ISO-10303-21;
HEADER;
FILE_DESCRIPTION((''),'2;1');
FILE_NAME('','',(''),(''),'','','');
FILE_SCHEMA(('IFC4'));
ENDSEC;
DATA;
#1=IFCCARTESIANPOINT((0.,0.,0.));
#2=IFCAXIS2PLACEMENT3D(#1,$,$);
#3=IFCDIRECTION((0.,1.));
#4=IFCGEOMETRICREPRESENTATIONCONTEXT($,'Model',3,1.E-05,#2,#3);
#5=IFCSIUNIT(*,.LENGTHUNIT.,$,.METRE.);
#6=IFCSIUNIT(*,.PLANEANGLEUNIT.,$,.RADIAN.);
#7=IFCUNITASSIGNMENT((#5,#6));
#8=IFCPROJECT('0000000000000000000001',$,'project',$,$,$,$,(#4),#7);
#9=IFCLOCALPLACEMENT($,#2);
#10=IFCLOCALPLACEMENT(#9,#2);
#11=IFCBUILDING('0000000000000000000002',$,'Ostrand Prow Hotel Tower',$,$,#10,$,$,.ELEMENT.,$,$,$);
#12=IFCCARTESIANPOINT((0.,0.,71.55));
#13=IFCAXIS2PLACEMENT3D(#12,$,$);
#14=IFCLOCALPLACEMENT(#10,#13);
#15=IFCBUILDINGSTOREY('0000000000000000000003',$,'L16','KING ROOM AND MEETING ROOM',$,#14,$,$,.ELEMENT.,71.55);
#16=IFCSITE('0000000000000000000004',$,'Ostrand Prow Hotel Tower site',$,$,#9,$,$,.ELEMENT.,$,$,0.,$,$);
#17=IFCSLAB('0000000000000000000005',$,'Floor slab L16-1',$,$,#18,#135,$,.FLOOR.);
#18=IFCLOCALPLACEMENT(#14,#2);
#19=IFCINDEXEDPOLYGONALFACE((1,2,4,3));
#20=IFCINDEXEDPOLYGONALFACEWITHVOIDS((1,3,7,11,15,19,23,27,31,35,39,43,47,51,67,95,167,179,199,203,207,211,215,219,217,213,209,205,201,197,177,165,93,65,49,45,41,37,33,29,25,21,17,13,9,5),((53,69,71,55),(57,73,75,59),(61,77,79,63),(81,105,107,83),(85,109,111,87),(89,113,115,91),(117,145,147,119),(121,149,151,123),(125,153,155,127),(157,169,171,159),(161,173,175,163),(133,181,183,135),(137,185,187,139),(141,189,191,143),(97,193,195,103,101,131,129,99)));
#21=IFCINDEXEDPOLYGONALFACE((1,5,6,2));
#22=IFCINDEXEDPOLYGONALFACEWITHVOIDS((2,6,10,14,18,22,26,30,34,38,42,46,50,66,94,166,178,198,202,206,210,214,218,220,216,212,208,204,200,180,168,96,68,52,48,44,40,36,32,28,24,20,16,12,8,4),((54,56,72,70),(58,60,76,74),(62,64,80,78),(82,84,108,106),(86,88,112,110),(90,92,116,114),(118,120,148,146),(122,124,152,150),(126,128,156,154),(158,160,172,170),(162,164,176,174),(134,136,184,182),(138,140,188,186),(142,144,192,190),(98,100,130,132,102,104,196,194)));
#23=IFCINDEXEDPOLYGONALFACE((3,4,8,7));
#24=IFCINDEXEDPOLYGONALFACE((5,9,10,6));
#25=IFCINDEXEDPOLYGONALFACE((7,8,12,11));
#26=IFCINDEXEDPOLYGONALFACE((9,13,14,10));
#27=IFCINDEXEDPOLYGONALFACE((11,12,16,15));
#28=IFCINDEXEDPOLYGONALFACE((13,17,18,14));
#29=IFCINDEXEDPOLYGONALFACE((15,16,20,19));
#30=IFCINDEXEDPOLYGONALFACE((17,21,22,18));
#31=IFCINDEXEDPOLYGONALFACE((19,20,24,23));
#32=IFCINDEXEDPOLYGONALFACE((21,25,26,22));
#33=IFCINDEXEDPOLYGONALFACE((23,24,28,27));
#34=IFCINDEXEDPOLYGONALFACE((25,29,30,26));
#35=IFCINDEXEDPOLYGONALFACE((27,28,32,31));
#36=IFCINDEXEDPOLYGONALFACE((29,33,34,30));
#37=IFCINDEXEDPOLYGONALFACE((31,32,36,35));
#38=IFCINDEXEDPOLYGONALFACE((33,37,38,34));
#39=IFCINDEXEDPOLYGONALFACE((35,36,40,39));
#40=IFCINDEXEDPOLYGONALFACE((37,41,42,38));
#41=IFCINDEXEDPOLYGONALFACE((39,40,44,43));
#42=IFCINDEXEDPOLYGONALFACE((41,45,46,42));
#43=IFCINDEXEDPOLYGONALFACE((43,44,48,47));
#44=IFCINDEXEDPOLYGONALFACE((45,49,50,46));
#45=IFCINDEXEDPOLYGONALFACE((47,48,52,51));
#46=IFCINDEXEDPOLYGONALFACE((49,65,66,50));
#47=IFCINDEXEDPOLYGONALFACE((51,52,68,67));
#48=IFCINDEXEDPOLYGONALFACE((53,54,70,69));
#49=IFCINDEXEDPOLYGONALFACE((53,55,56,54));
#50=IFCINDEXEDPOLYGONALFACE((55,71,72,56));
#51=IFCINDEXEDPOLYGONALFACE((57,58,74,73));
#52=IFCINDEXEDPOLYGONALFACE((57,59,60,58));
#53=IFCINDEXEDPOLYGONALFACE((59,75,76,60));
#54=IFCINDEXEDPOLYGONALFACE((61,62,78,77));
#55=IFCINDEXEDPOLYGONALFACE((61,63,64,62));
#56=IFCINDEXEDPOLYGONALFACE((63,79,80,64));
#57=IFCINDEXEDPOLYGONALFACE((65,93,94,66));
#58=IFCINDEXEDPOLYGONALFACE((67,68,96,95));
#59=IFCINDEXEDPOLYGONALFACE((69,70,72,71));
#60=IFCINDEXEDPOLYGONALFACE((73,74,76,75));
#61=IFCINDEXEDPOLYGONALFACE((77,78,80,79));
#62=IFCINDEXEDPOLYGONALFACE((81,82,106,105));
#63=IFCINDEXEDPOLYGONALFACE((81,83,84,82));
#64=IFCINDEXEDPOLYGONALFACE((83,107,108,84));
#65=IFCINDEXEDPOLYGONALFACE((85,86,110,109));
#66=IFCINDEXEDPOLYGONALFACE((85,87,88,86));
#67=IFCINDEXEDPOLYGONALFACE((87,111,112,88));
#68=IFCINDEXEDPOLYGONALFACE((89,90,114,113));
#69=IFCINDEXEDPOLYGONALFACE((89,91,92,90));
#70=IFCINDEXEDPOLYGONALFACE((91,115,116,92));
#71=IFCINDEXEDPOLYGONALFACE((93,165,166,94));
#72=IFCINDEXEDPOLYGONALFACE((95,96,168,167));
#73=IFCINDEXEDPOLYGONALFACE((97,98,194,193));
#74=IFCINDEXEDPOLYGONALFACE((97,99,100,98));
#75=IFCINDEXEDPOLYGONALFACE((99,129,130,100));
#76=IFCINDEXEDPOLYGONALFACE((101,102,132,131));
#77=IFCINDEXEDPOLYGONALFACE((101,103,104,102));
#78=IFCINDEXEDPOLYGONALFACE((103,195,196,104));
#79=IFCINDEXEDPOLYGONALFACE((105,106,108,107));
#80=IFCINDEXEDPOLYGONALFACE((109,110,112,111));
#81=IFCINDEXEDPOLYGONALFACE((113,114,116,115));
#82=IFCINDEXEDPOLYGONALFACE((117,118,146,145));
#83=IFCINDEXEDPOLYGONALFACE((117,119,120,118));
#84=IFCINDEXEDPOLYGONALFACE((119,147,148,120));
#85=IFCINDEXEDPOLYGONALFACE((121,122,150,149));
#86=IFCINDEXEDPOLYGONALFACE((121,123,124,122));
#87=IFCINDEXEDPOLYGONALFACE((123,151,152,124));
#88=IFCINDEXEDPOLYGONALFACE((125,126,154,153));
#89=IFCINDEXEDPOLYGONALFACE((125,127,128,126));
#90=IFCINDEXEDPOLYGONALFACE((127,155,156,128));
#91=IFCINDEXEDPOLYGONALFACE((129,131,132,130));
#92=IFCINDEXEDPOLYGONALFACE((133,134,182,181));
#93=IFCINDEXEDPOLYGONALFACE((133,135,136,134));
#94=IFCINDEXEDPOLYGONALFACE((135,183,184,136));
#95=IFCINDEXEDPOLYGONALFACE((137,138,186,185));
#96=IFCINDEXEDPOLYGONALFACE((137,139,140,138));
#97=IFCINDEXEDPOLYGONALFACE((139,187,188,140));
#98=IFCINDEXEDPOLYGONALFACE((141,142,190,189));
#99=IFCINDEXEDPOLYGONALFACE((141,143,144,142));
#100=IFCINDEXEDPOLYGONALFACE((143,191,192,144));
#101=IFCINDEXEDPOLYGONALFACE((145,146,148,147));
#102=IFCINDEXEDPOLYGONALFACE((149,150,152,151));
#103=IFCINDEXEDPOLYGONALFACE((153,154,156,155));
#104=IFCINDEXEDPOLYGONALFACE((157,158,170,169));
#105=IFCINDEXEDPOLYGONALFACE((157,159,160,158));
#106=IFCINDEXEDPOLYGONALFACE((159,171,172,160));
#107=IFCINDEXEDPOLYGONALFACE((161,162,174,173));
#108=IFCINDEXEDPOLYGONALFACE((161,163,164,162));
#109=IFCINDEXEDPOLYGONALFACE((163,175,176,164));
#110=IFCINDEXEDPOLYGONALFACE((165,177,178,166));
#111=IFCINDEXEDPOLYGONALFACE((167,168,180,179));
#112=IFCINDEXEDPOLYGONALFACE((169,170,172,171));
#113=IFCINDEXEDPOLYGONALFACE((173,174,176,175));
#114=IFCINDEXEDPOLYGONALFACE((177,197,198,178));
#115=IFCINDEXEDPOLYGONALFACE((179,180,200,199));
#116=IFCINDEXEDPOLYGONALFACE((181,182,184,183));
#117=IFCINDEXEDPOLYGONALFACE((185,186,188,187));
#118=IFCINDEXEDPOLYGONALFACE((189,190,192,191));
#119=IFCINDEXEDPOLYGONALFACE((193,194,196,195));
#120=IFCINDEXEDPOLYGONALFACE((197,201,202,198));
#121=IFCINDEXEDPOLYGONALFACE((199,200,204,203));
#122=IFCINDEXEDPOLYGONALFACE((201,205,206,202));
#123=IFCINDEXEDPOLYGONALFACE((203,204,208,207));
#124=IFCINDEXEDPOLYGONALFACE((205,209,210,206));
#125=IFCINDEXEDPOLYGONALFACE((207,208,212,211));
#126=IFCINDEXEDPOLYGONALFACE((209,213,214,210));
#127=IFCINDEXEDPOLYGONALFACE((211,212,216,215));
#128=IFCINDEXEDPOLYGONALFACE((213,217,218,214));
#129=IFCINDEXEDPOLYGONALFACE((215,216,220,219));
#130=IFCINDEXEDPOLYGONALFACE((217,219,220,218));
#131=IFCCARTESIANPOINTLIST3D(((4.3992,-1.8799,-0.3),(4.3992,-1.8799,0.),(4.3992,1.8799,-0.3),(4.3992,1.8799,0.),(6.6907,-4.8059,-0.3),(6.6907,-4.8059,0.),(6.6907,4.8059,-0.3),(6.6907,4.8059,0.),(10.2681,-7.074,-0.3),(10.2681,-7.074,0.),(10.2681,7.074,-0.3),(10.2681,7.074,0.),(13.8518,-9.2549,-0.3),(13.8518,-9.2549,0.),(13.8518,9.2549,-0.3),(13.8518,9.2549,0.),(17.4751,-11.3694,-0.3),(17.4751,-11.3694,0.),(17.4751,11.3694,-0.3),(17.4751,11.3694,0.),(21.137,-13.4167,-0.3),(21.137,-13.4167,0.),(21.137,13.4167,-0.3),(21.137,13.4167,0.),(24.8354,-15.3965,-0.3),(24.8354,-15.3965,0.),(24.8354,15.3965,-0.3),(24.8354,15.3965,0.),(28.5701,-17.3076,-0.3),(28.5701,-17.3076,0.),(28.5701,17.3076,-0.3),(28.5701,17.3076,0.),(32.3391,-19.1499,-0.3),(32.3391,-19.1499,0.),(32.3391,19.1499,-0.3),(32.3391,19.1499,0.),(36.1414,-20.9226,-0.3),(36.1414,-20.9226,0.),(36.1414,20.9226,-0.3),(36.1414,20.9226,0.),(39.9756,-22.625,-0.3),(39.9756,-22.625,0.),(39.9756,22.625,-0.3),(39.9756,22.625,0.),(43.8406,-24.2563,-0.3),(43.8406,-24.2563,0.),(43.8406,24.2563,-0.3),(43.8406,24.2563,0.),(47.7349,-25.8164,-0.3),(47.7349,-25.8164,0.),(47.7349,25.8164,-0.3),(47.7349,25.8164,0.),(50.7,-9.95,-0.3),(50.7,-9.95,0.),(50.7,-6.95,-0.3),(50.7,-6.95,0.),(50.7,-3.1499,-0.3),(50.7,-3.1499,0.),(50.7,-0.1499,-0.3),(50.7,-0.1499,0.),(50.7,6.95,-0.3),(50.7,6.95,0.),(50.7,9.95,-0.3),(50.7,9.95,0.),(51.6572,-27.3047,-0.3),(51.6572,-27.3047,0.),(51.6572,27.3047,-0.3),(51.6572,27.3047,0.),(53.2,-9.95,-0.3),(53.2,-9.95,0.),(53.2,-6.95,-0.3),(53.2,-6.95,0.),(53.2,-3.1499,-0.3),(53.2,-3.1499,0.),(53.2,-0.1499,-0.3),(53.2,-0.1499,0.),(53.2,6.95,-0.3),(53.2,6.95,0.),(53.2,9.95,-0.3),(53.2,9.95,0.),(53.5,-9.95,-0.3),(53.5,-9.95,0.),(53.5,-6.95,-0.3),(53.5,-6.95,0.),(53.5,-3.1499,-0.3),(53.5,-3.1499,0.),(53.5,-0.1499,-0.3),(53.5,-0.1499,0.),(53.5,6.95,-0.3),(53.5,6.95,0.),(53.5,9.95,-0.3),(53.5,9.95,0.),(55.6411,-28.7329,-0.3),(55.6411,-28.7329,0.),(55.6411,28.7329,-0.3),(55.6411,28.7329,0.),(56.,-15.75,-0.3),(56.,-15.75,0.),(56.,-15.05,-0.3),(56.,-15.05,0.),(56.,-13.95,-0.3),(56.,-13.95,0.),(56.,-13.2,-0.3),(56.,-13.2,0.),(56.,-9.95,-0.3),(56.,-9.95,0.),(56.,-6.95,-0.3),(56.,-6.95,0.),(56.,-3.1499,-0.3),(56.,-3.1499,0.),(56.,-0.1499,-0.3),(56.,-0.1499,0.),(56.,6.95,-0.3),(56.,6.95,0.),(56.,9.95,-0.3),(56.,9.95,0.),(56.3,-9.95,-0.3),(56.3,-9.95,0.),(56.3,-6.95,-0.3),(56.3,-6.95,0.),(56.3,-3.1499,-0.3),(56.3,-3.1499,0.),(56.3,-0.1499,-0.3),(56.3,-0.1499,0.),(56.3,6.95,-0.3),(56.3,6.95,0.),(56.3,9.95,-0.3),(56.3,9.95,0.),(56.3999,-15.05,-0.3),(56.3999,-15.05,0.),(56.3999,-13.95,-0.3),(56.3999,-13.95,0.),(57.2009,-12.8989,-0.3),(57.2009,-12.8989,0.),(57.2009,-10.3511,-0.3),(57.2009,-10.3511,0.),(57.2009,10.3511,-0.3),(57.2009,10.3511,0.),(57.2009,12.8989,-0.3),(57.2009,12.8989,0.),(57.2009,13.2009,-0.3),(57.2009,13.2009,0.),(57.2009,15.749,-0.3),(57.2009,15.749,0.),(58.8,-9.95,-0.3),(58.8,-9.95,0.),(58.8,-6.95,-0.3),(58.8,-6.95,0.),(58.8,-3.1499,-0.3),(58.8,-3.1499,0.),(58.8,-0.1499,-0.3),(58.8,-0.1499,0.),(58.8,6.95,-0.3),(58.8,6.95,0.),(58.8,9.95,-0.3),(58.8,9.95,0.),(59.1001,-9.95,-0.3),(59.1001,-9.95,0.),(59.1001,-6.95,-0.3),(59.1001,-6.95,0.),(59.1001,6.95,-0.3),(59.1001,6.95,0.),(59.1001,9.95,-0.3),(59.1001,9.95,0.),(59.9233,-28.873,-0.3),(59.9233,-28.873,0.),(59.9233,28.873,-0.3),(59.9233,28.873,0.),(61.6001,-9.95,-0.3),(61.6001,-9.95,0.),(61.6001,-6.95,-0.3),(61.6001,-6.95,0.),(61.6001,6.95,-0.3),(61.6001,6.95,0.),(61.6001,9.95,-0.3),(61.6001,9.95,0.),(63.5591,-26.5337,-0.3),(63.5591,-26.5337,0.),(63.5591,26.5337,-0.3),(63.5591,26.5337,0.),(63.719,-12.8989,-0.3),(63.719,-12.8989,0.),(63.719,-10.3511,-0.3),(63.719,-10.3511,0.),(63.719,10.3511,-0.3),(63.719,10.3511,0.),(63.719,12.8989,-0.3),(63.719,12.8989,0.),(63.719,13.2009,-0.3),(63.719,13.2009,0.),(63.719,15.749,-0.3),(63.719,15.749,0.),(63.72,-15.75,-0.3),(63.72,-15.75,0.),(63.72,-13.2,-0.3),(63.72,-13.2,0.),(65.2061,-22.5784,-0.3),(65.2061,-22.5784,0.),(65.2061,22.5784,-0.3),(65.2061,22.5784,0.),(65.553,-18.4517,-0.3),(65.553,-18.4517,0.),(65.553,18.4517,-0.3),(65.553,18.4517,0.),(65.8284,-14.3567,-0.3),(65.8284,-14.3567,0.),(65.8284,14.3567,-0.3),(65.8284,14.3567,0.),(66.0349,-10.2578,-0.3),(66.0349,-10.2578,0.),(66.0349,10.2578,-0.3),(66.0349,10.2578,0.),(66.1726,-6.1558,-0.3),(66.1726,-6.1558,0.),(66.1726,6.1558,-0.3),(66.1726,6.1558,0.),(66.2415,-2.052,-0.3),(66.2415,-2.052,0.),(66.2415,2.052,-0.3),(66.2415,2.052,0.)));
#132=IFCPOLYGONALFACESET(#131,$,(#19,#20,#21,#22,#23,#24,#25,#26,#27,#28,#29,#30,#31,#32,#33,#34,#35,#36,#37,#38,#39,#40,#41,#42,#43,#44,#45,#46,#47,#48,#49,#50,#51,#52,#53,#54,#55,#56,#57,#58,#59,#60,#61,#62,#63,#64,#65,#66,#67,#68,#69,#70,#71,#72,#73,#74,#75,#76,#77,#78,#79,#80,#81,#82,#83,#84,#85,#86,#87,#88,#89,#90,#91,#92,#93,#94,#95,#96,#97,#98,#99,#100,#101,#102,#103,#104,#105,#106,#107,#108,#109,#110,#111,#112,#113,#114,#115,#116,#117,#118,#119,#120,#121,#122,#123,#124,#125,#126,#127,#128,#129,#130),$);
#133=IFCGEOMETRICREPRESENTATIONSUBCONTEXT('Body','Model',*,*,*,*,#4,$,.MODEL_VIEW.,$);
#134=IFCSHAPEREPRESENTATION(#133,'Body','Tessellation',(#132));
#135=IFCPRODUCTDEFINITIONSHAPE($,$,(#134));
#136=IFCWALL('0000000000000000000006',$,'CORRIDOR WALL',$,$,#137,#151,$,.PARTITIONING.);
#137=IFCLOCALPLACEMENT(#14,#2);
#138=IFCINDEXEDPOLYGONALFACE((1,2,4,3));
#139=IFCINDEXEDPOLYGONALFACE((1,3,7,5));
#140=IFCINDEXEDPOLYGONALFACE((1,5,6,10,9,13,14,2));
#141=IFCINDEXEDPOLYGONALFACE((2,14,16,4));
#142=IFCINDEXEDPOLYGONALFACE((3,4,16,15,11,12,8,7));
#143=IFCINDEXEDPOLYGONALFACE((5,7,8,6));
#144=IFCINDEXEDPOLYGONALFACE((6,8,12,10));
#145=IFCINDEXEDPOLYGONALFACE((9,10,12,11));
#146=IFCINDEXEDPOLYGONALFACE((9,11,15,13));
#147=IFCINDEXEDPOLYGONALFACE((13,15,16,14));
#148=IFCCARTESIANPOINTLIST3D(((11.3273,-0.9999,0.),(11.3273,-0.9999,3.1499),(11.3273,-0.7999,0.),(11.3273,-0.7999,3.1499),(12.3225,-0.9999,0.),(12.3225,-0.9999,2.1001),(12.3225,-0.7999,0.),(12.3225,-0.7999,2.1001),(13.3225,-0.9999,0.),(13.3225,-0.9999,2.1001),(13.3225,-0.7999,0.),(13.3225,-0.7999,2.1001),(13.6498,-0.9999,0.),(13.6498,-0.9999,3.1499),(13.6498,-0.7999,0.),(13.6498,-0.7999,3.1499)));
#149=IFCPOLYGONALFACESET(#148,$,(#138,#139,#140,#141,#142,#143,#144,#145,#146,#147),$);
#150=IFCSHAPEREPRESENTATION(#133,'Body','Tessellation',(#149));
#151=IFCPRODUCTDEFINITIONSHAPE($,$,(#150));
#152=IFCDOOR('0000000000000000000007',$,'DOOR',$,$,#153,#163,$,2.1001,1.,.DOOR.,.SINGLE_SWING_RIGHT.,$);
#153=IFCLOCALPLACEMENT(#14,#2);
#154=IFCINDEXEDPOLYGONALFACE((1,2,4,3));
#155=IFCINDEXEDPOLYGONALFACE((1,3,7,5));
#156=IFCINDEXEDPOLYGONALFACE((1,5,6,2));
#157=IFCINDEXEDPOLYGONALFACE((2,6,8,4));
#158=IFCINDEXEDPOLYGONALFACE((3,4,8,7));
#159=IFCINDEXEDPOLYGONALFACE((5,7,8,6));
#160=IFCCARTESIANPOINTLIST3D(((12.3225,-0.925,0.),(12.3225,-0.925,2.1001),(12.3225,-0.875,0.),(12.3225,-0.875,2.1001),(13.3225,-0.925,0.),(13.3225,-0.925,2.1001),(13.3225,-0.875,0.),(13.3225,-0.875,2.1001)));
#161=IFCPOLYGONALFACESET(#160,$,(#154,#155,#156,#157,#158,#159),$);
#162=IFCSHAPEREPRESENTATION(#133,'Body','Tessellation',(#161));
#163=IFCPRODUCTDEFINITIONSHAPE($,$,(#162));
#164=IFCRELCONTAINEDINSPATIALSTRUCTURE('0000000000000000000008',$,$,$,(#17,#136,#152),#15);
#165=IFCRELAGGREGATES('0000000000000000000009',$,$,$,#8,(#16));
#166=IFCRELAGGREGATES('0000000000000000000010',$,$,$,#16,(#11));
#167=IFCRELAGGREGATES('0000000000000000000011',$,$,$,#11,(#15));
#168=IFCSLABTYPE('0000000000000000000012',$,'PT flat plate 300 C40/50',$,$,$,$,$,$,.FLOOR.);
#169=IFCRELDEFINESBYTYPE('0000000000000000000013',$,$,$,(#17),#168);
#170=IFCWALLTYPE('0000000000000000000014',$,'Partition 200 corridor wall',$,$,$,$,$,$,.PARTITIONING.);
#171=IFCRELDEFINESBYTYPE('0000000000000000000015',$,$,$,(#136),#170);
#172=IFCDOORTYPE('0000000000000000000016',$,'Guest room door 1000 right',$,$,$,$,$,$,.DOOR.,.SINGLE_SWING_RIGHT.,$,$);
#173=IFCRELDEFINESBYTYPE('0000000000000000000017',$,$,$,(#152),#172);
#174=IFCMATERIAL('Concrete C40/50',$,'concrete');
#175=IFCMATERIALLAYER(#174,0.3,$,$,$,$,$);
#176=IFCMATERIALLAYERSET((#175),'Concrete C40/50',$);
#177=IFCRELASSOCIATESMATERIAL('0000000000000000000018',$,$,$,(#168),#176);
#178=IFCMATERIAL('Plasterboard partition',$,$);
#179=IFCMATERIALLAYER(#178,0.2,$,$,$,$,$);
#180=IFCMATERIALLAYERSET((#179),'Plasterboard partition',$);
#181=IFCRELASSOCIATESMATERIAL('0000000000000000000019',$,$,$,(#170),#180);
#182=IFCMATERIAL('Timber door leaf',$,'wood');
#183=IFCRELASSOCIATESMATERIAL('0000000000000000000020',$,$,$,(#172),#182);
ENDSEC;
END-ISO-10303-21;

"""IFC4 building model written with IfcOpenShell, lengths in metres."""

from ifc_helpers import new_model, si_unit, direction, frame, frame_2d, origin, place, context, subcontext, project, spatial, polyline, rectangle, outline, extrude, material, layer, layer_set, type_object, element, fill, save


model = new_model("IFC4")

# Units and contexts
model_context = context("Model", 3, precision=1e-05, world=origin(), true_north=direction((0.0, 1.0)))
body_context = subcontext(model_context, "Body", "Model", "MODEL_VIEW")
ifc_project = project(units=[si_unit("LENGTHUNIT", "METRE"), si_unit("PLANEANGLEUNIT", "RADIAN")], contexts=[model_context])

# Site, building, storey
site_placement = place(None, origin())
site = spatial("IfcSite", under=ifc_project, at=site_placement, Name="Ostrand Prow Hotel Tower site", CompositionType="ELEMENT", RefElevation=0.0)
building_placement = place(site_placement, origin())
building = spatial("IfcBuilding", under=site, at=building_placement, Name="Ostrand Prow Hotel Tower", CompositionType="ELEMENT")
storey_placement = place(building_placement, frame((0.0, 0.0, 71.55)))
storey = spatial("IfcBuildingStorey", under=building, at=storey_placement, Name="L16", Description="KING ROOM AND MEETING ROOM", CompositionType="ELEMENT", Elevation=71.55)

# Slab, opening
ifc_material_1 = material(Name="Concrete C40/50", Category="concrete")
ifc_layer_1 = layer(ifc_material_1, 0.3)
ifc_layer_set_1 = layer_set([ifc_layer_1], Name="Concrete C40/50")
slab_type = type_object("IfcSlabType", Name="PT flat plate 300 C40/50", PredefinedType="FLOOR", material=ifc_layer_set_1)
slab_placement = place(storey_placement, frame((0.0, 0.0, -0.3)))
slab = element("IfcSlab", 1, at=slab_placement, inside=storey, type_object=slab_type, Name="Floor slab L16-1", PredefinedType="FLOOR", context=body_context, shape_type="SweptSolid", body=[
    extrude(outline(polyline([(6.6907, 4.8059), (10.2681, 7.074), (13.8518, 9.2549), (17.4751, 11.3694), (21.137, 13.4167), (24.8354, 15.3965), (28.5701, 17.3076), (32.3391, 19.1499), (36.1414, 20.9226), (39.9756, 22.625), (43.8406, 24.2563), (47.7349, 25.8164), (51.6572, 27.3047), (55.6411, 28.7329), (59.9233, 28.873), (63.5591, 26.5337), (65.2061, 22.5784), (65.553, 18.4517), (65.8284, 14.3567), (66.0349, 10.2578), (66.1726, 6.1558), (66.2415, 2.052), (66.2415, -2.052), (66.1726, -6.1558), (66.0349, -10.2578), (65.8284, -14.3567), (65.553, -18.4517), (65.2061, -22.5784), (63.5591, -26.5337), (59.9233, -28.873), (55.6411, -28.7329), (51.6572, -27.3047), (47.7349, -25.8164), (43.8406, -24.2563), (39.9756, -22.625), (36.1414, -20.9226), (32.3391, -19.1499), (28.5701, -17.3076), (24.8354, -15.3965), (21.137, -13.4167), (17.4751, -11.3694), (13.8518, -9.2549), (10.2681, -7.074), (6.6907, -4.8059), (4.3992, -1.8799), (4.3992, 1.8799), (6.6907, 4.8059)]), holes=[polyline([(50.7, 6.95), (53.2, 6.95), (53.2, 9.95), (50.7, 9.95), (50.7, 6.95)]), polyline([(53.5, 6.95), (56.0, 6.95), (56.0, 9.95), (53.5, 9.95), (53.5, 6.95)]), polyline([(56.3, 6.95), (58.8, 6.95), (58.8, 9.95), (56.3, 9.95), (56.3, 6.95)]), polyline([(59.1001, 6.95), (61.6001, 6.95), (61.6001, 9.95), (59.1001, 9.95), (59.1001, 6.95)]), polyline([(50.7, -3.1499), (53.2, -3.1499), (53.2, -0.1499), (50.7, -0.1499), (50.7, -3.1499)]), polyline([(53.5, -3.1499), (56.0, -3.1499), (56.0, -0.1499), (53.5, -0.1499), (53.5, -3.1499)]), polyline([(56.3, -3.1499), (58.8, -3.1499), (58.8, -0.1499), (56.3, -0.1499), (56.3, -3.1499)]), polyline([(50.7, -9.95), (53.2, -9.95), (53.2, -6.95), (50.7, -6.95), (50.7, -9.95)]), polyline([(53.5, -9.95), (56.0, -9.95), (56.0, -6.95), (53.5, -6.95), (53.5, -9.95)]), polyline([(56.3, -9.95), (58.8, -9.95), (58.8, -6.95), (56.3, -6.95), (56.3, -9.95)]), polyline([(59.1001, -9.95), (61.6001, -9.95), (61.6001, -6.95), (59.1001, -6.95), (59.1001, -9.95)]), polyline([(57.2009, 10.3511), (57.2009, 12.8989), (63.719, 12.8989), (63.719, 10.3511), (57.2009, 10.3511)]), polyline([(57.2009, 13.2009), (57.2009, 15.749), (63.719, 15.749), (63.719, 13.2009), (57.2009, 13.2009)]), polyline([(57.2009, -12.8989), (57.2009, -10.3511), (63.719, -10.3511), (63.719, -12.8989), (57.2009, -12.8989)]), polyline([(56.0, -13.2), (63.72, -13.2), (63.72, -15.75), (56.0, -15.75), (56.0, -15.05), (56.3999, -15.05), (56.3999, -13.95), (56.0, -13.95), (56.0, -13.2)])]), origin(), (0.0, 0.0, 1.0), 0.3),
])
opening_1_placement = place(slab_placement, origin())
element("IfcOpeningElement", 2, at=opening_1_placement, cuts=slab, PredefinedType="OPENING", context=body_context, shape_type="SweptSolid", body=[
    extrude(outline(polyline([(56.0, -13.2), (63.72, -13.2), (63.72, -15.75), (56.0, -15.75), (56.0, -15.05), (56.3999, -15.05), (56.3999, -13.95), (56.0, -13.95), (56.0, -13.2)])), origin(), (0.0, 0.0, 1.0), 0.3),
])

# Wall, opening, door
ifc_material_2 = material(Name="Plasterboard partition")
ifc_layer_2 = layer(ifc_material_2, 0.2)
ifc_layer_set_2 = layer_set([ifc_layer_2], Name="Plasterboard partition")
wall_type_1 = type_object("IfcWallType", Name="Partition 200 corridor wall", PredefinedType="PARTITIONING", material=ifc_layer_set_2)
wall_1_placement = place(storey_placement, frame((11.3274, -0.8999, 0.0), z_axis=(0.0, 0.0, 1.0), x_axis=(1.0, 0.0, 0.0)))
wall_1 = element("IfcWall", 3, at=wall_1_placement, inside=storey, type_object=wall_type_1, Name="CORRIDOR WALL", PredefinedType="PARTITIONING", context=body_context, shape_type="SweptSolid", body=[
    extrude(rectangle(XDim=2.3225, YDim=0.2, at=frame_2d((1.1611, 0.0))), origin(), (0.0, 0.0, 1.0), 3.1499),
])
opening_2_placement = place(wall_1_placement, frame((0.9951, 0.0, 0.0)))
opening_2 = element("IfcOpeningElement", 4, at=opening_2_placement, cuts=wall_1, PredefinedType="OPENING", context=body_context, shape_type="SweptSolid", body=[
    extrude(rectangle(XDim=1.0, YDim=2.1001, at=frame_2d((0.5, 1.05))), frame((0.0, 0.1099, 0.0), z_axis=(0.0, -1.0, 0.0), x_axis=(1.0, 0.0, 0.0)), (0.0, 0.0, 1.0), 0.22),
])
ifc_material_3 = material(Name="Timber door leaf", Category="wood")
door_type_1 = type_object("IfcDoorType", Name="Guest room door 1000 right", OperationType="SINGLE_SWING_RIGHT", PredefinedType="DOOR", material=ifc_material_3)
door_1_placement = place(opening_2_placement, origin())
door_1 = element("IfcDoor", 5, at=door_1_placement, inside=storey, type_object=door_type_1, Name="DOOR", OperationType="SINGLE_SWING_RIGHT", OverallHeight=2.1001, OverallWidth=1.0, PredefinedType="DOOR", context=body_context, shape_type="SweptSolid", body=[
    extrude(rectangle(XDim=1.0, YDim=2.1001, at=frame_2d((0.5, 1.05))), frame((0.0, 0.0249, 0.0), z_axis=(0.0, -1.0, 0.0), x_axis=(1.0, 0.0, 0.0)), (0.0, 0.0, 1.0), 0.05),
])
fill(opening_2, door_1)

save(model, "model.ifc")
